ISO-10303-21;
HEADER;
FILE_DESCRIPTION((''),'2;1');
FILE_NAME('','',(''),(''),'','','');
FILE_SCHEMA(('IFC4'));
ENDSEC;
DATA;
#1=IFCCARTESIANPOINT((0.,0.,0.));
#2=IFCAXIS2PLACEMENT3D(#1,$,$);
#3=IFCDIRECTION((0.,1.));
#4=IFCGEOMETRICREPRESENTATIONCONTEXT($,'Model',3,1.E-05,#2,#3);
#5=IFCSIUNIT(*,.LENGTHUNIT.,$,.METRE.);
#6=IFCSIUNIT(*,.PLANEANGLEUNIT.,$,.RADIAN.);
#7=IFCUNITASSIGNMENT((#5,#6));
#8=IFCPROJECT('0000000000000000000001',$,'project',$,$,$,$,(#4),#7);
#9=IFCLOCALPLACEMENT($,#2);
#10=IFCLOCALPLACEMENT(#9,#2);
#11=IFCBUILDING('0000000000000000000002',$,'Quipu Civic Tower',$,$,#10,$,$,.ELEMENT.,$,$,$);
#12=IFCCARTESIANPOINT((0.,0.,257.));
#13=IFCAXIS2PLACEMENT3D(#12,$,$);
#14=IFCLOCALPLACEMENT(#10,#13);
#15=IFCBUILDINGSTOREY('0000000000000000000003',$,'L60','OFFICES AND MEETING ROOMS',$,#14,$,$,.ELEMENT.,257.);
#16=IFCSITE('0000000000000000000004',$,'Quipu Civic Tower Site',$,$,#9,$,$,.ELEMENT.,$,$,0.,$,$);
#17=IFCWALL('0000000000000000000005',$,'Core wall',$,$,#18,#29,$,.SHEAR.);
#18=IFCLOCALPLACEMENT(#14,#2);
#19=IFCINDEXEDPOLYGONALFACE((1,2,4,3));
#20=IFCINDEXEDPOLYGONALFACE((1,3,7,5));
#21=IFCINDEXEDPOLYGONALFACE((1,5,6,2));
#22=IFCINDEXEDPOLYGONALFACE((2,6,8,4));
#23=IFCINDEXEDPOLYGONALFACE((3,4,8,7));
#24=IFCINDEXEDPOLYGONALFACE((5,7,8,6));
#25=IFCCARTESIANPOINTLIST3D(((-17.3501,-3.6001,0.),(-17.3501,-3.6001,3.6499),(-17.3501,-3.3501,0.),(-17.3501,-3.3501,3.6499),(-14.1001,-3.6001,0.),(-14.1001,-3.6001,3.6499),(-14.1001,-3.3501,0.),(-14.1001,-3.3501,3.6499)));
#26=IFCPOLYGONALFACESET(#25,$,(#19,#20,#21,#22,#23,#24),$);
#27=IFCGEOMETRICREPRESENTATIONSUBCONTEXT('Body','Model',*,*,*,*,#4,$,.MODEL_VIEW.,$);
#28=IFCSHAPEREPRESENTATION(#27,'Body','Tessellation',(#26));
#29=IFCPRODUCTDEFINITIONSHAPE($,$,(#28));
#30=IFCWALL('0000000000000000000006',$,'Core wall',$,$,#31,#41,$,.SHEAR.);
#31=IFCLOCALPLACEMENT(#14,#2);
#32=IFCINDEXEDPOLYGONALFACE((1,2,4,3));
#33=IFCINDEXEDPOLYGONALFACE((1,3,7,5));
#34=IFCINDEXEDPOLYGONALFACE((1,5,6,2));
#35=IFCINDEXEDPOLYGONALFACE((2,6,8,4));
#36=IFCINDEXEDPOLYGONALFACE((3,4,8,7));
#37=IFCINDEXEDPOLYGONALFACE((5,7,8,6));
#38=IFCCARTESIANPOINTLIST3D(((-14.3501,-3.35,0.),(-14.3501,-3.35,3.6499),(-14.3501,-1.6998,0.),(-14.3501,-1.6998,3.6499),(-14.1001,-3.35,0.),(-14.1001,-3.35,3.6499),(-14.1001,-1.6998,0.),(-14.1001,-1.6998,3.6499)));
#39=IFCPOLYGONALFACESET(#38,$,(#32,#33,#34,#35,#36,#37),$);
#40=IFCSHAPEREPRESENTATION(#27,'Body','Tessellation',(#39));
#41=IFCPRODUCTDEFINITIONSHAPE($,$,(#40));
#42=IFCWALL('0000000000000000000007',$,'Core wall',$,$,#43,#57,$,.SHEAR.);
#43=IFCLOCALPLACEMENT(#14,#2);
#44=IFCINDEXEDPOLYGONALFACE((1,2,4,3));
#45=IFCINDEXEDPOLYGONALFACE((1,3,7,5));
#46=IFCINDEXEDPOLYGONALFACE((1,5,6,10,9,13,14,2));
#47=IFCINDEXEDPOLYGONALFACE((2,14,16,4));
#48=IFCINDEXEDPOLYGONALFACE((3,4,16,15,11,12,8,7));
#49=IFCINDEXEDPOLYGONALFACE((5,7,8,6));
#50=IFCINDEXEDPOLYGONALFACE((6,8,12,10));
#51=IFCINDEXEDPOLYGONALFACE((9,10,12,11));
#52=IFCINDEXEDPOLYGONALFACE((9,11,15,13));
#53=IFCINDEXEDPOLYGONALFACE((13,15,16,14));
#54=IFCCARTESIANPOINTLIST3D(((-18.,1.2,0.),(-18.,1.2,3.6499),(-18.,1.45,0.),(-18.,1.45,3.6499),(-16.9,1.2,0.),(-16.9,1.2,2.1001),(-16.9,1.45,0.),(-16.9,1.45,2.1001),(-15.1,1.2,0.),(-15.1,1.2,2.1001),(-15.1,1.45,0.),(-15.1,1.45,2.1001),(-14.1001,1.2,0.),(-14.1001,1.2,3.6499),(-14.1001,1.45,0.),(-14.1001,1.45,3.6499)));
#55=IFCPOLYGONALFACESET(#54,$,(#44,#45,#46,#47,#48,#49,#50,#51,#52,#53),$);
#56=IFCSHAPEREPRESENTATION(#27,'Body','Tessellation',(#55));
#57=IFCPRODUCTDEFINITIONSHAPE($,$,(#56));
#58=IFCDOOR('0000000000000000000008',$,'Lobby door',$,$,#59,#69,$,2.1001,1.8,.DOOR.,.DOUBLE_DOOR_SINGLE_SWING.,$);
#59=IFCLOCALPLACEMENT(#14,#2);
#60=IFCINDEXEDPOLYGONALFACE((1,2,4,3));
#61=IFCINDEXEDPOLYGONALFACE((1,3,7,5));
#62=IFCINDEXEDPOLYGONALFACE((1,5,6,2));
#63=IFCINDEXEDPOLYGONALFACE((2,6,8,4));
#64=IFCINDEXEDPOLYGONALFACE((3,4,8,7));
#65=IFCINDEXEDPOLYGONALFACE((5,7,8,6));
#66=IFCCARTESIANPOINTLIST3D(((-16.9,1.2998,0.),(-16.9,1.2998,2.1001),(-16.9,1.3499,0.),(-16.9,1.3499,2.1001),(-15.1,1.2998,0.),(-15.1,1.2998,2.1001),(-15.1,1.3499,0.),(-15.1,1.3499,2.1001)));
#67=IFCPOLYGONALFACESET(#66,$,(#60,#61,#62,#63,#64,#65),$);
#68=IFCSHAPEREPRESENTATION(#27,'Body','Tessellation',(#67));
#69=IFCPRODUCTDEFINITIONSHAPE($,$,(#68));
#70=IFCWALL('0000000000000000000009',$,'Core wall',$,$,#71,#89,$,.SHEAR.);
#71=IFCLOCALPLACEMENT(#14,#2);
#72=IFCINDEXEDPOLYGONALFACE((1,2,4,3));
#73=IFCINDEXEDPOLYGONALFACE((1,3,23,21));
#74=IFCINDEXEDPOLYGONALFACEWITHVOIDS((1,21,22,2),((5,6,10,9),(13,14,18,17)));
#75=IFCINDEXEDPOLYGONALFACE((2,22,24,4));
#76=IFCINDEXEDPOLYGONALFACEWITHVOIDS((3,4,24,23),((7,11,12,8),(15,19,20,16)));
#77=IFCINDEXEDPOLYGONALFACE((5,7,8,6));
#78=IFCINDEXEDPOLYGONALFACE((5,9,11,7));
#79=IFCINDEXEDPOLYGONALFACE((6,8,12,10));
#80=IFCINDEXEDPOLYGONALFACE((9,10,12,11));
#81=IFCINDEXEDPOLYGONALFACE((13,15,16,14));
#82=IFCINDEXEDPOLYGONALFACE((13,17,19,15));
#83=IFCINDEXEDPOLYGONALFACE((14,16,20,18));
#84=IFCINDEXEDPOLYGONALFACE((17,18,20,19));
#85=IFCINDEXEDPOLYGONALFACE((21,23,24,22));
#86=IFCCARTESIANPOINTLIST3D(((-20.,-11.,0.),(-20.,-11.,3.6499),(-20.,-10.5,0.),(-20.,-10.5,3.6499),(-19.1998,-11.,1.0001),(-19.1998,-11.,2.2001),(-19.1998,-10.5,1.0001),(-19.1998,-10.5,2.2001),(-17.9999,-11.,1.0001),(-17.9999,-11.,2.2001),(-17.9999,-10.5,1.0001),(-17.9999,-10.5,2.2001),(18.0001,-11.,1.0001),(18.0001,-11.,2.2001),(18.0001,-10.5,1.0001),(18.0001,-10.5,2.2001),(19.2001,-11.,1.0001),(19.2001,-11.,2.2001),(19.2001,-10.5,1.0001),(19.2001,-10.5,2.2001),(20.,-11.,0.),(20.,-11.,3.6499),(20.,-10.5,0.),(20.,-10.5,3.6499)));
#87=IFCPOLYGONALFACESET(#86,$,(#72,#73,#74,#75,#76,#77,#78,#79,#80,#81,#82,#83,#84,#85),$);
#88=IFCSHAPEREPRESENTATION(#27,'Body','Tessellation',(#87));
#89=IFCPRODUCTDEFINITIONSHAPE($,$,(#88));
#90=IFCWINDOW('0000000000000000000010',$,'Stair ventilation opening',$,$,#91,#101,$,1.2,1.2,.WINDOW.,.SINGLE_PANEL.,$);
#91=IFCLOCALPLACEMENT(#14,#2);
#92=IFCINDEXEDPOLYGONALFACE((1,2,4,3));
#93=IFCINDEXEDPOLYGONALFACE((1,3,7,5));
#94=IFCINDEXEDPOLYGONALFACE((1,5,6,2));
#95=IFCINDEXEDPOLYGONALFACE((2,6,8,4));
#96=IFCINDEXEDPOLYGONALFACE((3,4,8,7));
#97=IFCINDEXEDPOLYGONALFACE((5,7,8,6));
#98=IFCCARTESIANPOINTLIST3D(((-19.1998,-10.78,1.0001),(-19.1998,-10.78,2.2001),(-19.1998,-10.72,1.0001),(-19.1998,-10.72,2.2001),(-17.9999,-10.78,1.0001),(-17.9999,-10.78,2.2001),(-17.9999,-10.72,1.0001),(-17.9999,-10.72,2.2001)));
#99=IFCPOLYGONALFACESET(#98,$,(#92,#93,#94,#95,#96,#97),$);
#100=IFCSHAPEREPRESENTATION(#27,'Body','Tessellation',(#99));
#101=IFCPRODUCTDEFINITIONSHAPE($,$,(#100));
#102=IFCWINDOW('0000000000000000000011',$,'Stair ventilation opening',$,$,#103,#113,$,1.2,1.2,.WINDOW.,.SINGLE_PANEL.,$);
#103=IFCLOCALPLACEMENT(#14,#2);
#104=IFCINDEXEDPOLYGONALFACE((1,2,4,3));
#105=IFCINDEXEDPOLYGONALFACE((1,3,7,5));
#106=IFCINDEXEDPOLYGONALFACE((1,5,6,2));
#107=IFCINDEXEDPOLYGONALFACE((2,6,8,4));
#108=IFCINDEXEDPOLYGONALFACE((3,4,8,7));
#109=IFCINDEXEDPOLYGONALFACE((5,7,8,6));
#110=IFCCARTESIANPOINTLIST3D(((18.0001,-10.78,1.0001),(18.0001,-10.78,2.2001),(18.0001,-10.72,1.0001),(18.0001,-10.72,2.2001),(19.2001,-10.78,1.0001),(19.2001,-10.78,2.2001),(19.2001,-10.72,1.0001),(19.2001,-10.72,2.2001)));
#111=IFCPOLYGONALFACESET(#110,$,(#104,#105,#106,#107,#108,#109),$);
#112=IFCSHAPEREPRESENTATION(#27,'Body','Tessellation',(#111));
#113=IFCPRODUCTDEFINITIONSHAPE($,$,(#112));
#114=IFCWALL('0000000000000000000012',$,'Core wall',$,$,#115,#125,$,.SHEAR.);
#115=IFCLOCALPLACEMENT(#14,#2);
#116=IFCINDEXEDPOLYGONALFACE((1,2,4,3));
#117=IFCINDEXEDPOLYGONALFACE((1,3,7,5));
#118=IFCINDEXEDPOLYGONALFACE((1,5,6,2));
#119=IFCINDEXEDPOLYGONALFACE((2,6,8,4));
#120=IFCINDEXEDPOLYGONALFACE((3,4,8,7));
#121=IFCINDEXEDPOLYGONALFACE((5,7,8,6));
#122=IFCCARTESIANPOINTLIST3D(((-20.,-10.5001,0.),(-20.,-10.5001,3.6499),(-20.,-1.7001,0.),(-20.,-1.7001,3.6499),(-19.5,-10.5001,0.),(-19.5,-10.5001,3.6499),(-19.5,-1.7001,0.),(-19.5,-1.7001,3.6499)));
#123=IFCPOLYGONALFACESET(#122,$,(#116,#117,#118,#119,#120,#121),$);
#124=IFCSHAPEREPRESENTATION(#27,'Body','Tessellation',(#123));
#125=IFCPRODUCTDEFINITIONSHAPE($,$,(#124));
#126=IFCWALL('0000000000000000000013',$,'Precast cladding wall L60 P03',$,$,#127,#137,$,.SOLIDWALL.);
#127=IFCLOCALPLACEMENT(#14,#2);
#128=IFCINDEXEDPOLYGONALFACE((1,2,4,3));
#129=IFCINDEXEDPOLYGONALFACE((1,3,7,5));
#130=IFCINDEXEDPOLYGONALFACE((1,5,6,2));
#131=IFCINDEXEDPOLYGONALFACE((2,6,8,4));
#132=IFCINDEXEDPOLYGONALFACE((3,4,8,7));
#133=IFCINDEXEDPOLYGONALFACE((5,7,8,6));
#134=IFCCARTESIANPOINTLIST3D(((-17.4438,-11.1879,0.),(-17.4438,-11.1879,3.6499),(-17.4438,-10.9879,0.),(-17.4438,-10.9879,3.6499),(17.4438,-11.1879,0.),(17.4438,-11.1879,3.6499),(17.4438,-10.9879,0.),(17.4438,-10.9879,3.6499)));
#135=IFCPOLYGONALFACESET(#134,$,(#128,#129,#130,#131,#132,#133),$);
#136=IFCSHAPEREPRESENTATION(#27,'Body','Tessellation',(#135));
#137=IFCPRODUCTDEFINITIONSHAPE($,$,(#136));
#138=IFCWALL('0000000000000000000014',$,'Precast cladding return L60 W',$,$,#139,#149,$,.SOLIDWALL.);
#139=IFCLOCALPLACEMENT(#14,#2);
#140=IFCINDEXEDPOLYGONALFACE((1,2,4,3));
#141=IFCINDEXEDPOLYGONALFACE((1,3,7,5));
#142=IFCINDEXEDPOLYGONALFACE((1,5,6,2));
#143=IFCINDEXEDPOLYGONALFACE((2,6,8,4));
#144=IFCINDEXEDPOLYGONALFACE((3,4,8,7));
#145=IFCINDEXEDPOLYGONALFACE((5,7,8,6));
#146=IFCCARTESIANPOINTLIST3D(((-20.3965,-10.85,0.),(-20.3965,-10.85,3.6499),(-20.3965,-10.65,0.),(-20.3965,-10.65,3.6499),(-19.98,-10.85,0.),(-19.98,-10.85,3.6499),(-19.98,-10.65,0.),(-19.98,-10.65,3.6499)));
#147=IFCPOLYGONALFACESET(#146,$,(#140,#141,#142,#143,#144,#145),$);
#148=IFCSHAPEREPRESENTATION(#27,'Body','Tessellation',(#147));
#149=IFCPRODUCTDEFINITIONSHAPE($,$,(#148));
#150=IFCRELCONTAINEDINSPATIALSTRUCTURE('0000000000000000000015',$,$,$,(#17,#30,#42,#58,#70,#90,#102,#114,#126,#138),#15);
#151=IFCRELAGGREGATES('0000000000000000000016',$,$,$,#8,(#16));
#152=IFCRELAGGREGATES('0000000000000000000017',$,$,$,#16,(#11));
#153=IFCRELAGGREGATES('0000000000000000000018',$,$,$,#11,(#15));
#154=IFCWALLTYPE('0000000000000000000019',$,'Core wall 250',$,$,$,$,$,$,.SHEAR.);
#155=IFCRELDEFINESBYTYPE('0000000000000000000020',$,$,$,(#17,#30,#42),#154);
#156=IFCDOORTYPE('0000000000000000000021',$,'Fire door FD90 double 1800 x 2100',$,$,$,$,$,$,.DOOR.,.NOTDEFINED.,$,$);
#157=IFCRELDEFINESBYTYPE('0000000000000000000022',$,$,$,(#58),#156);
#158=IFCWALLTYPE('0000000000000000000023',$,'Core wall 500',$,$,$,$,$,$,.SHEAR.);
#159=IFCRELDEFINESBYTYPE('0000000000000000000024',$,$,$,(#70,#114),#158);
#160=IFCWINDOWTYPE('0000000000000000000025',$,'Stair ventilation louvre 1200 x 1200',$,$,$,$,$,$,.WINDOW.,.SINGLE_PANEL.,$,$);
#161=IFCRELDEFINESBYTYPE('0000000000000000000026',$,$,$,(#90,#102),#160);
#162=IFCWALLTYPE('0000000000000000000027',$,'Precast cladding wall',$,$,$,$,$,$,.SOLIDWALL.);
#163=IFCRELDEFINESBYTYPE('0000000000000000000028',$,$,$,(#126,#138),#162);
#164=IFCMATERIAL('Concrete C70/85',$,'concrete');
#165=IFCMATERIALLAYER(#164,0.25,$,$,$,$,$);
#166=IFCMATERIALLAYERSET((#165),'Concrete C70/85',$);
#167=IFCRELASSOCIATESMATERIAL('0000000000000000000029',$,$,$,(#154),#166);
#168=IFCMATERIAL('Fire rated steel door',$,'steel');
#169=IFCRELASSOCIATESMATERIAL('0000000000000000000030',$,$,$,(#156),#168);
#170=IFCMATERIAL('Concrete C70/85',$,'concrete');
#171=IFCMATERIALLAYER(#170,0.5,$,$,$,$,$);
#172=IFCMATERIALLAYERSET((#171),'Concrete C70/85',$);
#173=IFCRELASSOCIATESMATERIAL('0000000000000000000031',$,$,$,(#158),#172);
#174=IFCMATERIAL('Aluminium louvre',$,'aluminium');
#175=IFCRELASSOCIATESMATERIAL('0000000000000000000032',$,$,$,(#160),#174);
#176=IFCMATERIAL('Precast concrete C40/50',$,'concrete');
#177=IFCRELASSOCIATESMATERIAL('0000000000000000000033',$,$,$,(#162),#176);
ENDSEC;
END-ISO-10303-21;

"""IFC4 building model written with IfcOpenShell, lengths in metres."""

from ifc_helpers import new_model, si_unit, direction, frame, frame_2d, origin, place, context, subcontext, project, spatial, rectangle, extrude, material, layer, layer_set, type_object, element, fill, save


model = new_model("IFC4")

# Units and contexts
model_context = context("Model", 3, precision=1e-05, world=origin(), true_north=direction((0.0, 1.0)))
body_context = subcontext(model_context, "Body", "Model", "MODEL_VIEW")
ifc_project = project(units=[si_unit("LENGTHUNIT", "METRE"), si_unit("PLANEANGLEUNIT", "RADIAN")], contexts=[model_context])

# Site, building, storey
site_placement = place(None, origin())
site = spatial("IfcSite", under=ifc_project, at=site_placement, Name="Quipu Civic Tower Site", CompositionType="ELEMENT", RefElevation=0.0)
building_placement = place(site_placement, origin())
building = spatial("IfcBuilding", under=site, at=building_placement, Name="Quipu Civic Tower", CompositionType="ELEMENT")
storey_placement = place(building_placement, frame((0.0, 0.0, 257.0)))
storey = spatial("IfcBuildingStorey", under=building, at=storey_placement, Name="L60", Description="OFFICES AND MEETING ROOMS", CompositionType="ELEMENT", Elevation=257.0)

# Shared definitions
ifc_material_1 = material(Name="Concrete C70/85", Category="concrete")
ifc_layer_1 = layer(ifc_material_1, 0.25)
ifc_layer_set_1 = layer_set([ifc_layer_1], Name="Concrete C70/85")
wall_type_1 = type_object("IfcWallType", Name="Core wall 250", PredefinedType="SHEAR", material=ifc_layer_set_1)

# Walls
wall_1_placement = place(storey_placement, frame((-17.3501, -3.4751, 0.0), z_axis=(0.0, 0.0, 1.0), x_axis=(1.0, 0.0, 0.0)))
element("IfcWall", 1, at=wall_1_placement, inside=storey, type_object=wall_type_1, Name="Core wall", PredefinedType="SHEAR", context=body_context, shape_type="SweptSolid", body=[
    extrude(rectangle(XDim=3.25, YDim=0.25, at=frame_2d((1.625, 0.0))), origin(), (0.0, 0.0, 1.0), 3.6499),
])
wall_2_placement = place(storey_placement, frame((-14.2251, -3.3501, 0.0), z_axis=(0.0, 0.0, 1.0), x_axis=(0.0, 1.0, 0.0)))
element("IfcWall", 2, at=wall_2_placement, inside=storey, type_object=wall_type_1, Name="Core wall", PredefinedType="SHEAR", context=body_context, shape_type="SweptSolid", body=[
    extrude(rectangle(XDim=1.6501, YDim=0.25, at=frame_2d((0.8252, 0.0))), origin(), (0.0, 0.0, 1.0), 3.6499),
])

# Wall, opening, door
wall_3_placement = place(storey_placement, frame((-18.0, 1.325, 0.0), z_axis=(0.0, 0.0, 1.0), x_axis=(1.0, 0.0, 0.0)))
wall_3 = element("IfcWall", 3, at=wall_3_placement, inside=storey, type_object=wall_type_1, Name="Core wall", PredefinedType="SHEAR", context=body_context, shape_type="SweptSolid", body=[
    extrude(rectangle(XDim=3.8999, YDim=0.25, at=frame_2d((1.95, 0.0))), origin(), (0.0, 0.0, 1.0), 3.6499),
])
opening_1_placement = place(wall_3_placement, frame((1.1001, 0.0, 0.0)))
opening_1 = element("IfcOpeningElement", 4, at=opening_1_placement, cuts=wall_3, PredefinedType="OPENING", context=body_context, shape_type="SweptSolid", body=[
    extrude(rectangle(XDim=1.8, YDim=2.1001, at=frame_2d((0.8999, 1.05))), frame((0.0, 0.135, 0.0), z_axis=(0.0, -1.0, 0.0), x_axis=(1.0, 0.0, 0.0)), (0.0, 0.0, 1.0), 0.27),
])
ifc_material_2 = material(Name="Fire rated steel door", Category="steel")
door_type_1 = type_object("IfcDoorType", Name="Fire door FD90 double 1800 x 2100", OperationType="NOTDEFINED", PredefinedType="DOOR", material=ifc_material_2)
door_1_placement = place(opening_1_placement, origin())
door_1 = element("IfcDoor", 5, at=door_1_placement, inside=storey, type_object=door_type_1, Name="Lobby door", OperationType="DOUBLE_DOOR_SINGLE_SWING", OverallHeight=2.1001, OverallWidth=1.8, PredefinedType="DOOR", context=body_context, shape_type="SweptSolid", body=[
    extrude(rectangle(XDim=1.8, YDim=2.1001, at=frame_2d((0.8999, 1.05))), frame((0.0, 0.0249, 0.0), z_axis=(0.0, -1.0, 0.0), x_axis=(1.0, 0.0, 0.0)), (0.0, 0.0, 1.0), 0.05),
])
fill(opening_1, door_1)

# Wall, openings, windows
ifc_material_3 = material(Name="Concrete C70/85", Category="concrete")
ifc_layer_2 = layer(ifc_material_3, 0.5)
ifc_layer_set_2 = layer_set([ifc_layer_2], Name="Concrete C70/85")
wall_type_2 = type_object("IfcWallType", Name="Core wall 500", PredefinedType="SHEAR", material=ifc_layer_set_2)
wall_4_placement = place(storey_placement, frame((-20.0, -10.75, 0.0), z_axis=(0.0, 0.0, 1.0), x_axis=(1.0, 0.0, 0.0)))
wall_4 = element("IfcWall", 6, at=wall_4_placement, inside=storey, type_object=wall_type_2, Name="Core wall", PredefinedType="SHEAR", context=body_context, shape_type="SweptSolid", body=[
    extrude(rectangle(XDim=40.0, YDim=0.5, at=frame_2d((20.0, 0.0))), origin(), (0.0, 0.0, 1.0), 3.6499),
])
opening_2_placement = place(wall_4_placement, frame((0.8, 0.0, 1.0)))
opening_2 = element("IfcOpeningElement", 7, at=opening_2_placement, cuts=wall_4, PredefinedType="OPENING", context=body_context, shape_type="SweptSolid", body=[
    extrude(rectangle(XDim=1.2, YDim=1.2, at=frame_2d((0.6001, 0.6001))), frame((0.0, 0.26, 0.0), z_axis=(0.0, -1.0, 0.0), x_axis=(1.0, 0.0, 0.0)), (0.0, 0.0, 1.0), 0.52),
])
opening_3_placement = place(wall_4_placement, frame((38.0, 0.0, 1.0)))
opening_3 = element("IfcOpeningElement", 8, at=opening_3_placement, cuts=wall_4, PredefinedType="OPENING", context=body_context, shape_type="SweptSolid", body=[
    extrude(rectangle(XDim=1.2, YDim=1.2, at=frame_2d((0.6001, 0.6001))), frame((0.0, 0.26, 0.0), z_axis=(0.0, -1.0, 0.0), x_axis=(1.0, 0.0, 0.0)), (0.0, 0.0, 1.0), 0.52),
])
ifc_material_4 = material(Name="Aluminium louvre", Category="aluminium")
window_type = type_object("IfcWindowType", Name="Stair ventilation louvre 1200 x 1200", PartitioningType="SINGLE_PANEL", PredefinedType="WINDOW", material=ifc_material_4)
window_1_placement = place(opening_2_placement, origin())
window_1 = element("IfcWindow", 9, at=window_1_placement, inside=storey, type_object=window_type, Name="Stair ventilation opening", OverallHeight=1.2, OverallWidth=1.2, PartitioningType="SINGLE_PANEL", PredefinedType="WINDOW", context=body_context, shape_type="SweptSolid", body=[
    extrude(rectangle(XDim=1.2, YDim=1.2, at=frame_2d((0.6001, 0.6001))), frame((0.0, 0.03, 0.0), z_axis=(0.0, -1.0, 0.0), x_axis=(1.0, 0.0, 0.0)), (0.0, 0.0, 1.0), 0.0601),
])
fill(opening_2, window_1)
window_2_placement = place(opening_3_placement, origin())
window_2 = element("IfcWindow", 10, at=window_2_placement, inside=storey, type_object=window_type, Name="Stair ventilation opening", OverallHeight=1.2, OverallWidth=1.2, PartitioningType="SINGLE_PANEL", PredefinedType="WINDOW", context=body_context, shape_type="SweptSolid", body=[
    extrude(rectangle(XDim=1.2, YDim=1.2, at=frame_2d((0.6001, 0.6001))), frame((0.0, 0.03, 0.0), z_axis=(0.0, -1.0, 0.0), x_axis=(1.0, 0.0, 0.0)), (0.0, 0.0, 1.0), 0.0601),
])
fill(opening_3, window_2)

# Walls
wall_5_placement = place(storey_placement, frame((-19.75, -10.5, 0.0), z_axis=(0.0, 0.0, 1.0), x_axis=(0.0, 1.0, 0.0)))
element("IfcWall", 11, at=wall_5_placement, inside=storey, type_object=wall_type_2, Name="Core wall", PredefinedType="SHEAR", context=body_context, shape_type="SweptSolid", body=[
    extrude(rectangle(XDim=8.8, YDim=0.5, at=frame_2d((4.3999, 0.0))), origin(), (0.0, 0.0, 1.0), 3.6499),
])
ifc_material_5 = material(Name="Precast concrete C40/50", Category="concrete")
wall_type_3 = type_object("IfcWallType", Name="Precast cladding wall", PredefinedType="SOLIDWALL", material=ifc_material_5)
wall_6_placement = place(storey_placement, frame((-17.4438, -11.0879, 0.0), z_axis=(0.0, 0.0, 1.0), x_axis=(1.0, 0.0, 0.0)))
element("IfcWall", 12, at=wall_6_placement, inside=storey, type_object=wall_type_3, Name="Precast cladding wall L60 P03", PredefinedType="SOLIDWALL", context=body_context, shape_type="SweptSolid", body=[
    extrude(rectangle(XDim=34.8877, YDim=0.2, at=frame_2d((17.4438, 0.0))), origin(), (0.0, 0.0, 1.0), 3.6499),
])
wall_7_placement = place(storey_placement, frame((-19.98, -10.75, 0.0), z_axis=(0.0, 0.0, 1.0), x_axis=(-1.0, 0.0, 0.0)))
element("IfcWall", 13, at=wall_7_placement, inside=storey, type_object=wall_type_3, Name="Precast cladding return L60 W", PredefinedType="SOLIDWALL", context=body_context, shape_type="SweptSolid", body=[
    extrude(rectangle(XDim=0.4165, YDim=0.2, at=frame_2d((0.2083, 0.0))), origin(), (0.0, 0.0, 1.0), 3.6499),
])

save(model, "model.ifc")
